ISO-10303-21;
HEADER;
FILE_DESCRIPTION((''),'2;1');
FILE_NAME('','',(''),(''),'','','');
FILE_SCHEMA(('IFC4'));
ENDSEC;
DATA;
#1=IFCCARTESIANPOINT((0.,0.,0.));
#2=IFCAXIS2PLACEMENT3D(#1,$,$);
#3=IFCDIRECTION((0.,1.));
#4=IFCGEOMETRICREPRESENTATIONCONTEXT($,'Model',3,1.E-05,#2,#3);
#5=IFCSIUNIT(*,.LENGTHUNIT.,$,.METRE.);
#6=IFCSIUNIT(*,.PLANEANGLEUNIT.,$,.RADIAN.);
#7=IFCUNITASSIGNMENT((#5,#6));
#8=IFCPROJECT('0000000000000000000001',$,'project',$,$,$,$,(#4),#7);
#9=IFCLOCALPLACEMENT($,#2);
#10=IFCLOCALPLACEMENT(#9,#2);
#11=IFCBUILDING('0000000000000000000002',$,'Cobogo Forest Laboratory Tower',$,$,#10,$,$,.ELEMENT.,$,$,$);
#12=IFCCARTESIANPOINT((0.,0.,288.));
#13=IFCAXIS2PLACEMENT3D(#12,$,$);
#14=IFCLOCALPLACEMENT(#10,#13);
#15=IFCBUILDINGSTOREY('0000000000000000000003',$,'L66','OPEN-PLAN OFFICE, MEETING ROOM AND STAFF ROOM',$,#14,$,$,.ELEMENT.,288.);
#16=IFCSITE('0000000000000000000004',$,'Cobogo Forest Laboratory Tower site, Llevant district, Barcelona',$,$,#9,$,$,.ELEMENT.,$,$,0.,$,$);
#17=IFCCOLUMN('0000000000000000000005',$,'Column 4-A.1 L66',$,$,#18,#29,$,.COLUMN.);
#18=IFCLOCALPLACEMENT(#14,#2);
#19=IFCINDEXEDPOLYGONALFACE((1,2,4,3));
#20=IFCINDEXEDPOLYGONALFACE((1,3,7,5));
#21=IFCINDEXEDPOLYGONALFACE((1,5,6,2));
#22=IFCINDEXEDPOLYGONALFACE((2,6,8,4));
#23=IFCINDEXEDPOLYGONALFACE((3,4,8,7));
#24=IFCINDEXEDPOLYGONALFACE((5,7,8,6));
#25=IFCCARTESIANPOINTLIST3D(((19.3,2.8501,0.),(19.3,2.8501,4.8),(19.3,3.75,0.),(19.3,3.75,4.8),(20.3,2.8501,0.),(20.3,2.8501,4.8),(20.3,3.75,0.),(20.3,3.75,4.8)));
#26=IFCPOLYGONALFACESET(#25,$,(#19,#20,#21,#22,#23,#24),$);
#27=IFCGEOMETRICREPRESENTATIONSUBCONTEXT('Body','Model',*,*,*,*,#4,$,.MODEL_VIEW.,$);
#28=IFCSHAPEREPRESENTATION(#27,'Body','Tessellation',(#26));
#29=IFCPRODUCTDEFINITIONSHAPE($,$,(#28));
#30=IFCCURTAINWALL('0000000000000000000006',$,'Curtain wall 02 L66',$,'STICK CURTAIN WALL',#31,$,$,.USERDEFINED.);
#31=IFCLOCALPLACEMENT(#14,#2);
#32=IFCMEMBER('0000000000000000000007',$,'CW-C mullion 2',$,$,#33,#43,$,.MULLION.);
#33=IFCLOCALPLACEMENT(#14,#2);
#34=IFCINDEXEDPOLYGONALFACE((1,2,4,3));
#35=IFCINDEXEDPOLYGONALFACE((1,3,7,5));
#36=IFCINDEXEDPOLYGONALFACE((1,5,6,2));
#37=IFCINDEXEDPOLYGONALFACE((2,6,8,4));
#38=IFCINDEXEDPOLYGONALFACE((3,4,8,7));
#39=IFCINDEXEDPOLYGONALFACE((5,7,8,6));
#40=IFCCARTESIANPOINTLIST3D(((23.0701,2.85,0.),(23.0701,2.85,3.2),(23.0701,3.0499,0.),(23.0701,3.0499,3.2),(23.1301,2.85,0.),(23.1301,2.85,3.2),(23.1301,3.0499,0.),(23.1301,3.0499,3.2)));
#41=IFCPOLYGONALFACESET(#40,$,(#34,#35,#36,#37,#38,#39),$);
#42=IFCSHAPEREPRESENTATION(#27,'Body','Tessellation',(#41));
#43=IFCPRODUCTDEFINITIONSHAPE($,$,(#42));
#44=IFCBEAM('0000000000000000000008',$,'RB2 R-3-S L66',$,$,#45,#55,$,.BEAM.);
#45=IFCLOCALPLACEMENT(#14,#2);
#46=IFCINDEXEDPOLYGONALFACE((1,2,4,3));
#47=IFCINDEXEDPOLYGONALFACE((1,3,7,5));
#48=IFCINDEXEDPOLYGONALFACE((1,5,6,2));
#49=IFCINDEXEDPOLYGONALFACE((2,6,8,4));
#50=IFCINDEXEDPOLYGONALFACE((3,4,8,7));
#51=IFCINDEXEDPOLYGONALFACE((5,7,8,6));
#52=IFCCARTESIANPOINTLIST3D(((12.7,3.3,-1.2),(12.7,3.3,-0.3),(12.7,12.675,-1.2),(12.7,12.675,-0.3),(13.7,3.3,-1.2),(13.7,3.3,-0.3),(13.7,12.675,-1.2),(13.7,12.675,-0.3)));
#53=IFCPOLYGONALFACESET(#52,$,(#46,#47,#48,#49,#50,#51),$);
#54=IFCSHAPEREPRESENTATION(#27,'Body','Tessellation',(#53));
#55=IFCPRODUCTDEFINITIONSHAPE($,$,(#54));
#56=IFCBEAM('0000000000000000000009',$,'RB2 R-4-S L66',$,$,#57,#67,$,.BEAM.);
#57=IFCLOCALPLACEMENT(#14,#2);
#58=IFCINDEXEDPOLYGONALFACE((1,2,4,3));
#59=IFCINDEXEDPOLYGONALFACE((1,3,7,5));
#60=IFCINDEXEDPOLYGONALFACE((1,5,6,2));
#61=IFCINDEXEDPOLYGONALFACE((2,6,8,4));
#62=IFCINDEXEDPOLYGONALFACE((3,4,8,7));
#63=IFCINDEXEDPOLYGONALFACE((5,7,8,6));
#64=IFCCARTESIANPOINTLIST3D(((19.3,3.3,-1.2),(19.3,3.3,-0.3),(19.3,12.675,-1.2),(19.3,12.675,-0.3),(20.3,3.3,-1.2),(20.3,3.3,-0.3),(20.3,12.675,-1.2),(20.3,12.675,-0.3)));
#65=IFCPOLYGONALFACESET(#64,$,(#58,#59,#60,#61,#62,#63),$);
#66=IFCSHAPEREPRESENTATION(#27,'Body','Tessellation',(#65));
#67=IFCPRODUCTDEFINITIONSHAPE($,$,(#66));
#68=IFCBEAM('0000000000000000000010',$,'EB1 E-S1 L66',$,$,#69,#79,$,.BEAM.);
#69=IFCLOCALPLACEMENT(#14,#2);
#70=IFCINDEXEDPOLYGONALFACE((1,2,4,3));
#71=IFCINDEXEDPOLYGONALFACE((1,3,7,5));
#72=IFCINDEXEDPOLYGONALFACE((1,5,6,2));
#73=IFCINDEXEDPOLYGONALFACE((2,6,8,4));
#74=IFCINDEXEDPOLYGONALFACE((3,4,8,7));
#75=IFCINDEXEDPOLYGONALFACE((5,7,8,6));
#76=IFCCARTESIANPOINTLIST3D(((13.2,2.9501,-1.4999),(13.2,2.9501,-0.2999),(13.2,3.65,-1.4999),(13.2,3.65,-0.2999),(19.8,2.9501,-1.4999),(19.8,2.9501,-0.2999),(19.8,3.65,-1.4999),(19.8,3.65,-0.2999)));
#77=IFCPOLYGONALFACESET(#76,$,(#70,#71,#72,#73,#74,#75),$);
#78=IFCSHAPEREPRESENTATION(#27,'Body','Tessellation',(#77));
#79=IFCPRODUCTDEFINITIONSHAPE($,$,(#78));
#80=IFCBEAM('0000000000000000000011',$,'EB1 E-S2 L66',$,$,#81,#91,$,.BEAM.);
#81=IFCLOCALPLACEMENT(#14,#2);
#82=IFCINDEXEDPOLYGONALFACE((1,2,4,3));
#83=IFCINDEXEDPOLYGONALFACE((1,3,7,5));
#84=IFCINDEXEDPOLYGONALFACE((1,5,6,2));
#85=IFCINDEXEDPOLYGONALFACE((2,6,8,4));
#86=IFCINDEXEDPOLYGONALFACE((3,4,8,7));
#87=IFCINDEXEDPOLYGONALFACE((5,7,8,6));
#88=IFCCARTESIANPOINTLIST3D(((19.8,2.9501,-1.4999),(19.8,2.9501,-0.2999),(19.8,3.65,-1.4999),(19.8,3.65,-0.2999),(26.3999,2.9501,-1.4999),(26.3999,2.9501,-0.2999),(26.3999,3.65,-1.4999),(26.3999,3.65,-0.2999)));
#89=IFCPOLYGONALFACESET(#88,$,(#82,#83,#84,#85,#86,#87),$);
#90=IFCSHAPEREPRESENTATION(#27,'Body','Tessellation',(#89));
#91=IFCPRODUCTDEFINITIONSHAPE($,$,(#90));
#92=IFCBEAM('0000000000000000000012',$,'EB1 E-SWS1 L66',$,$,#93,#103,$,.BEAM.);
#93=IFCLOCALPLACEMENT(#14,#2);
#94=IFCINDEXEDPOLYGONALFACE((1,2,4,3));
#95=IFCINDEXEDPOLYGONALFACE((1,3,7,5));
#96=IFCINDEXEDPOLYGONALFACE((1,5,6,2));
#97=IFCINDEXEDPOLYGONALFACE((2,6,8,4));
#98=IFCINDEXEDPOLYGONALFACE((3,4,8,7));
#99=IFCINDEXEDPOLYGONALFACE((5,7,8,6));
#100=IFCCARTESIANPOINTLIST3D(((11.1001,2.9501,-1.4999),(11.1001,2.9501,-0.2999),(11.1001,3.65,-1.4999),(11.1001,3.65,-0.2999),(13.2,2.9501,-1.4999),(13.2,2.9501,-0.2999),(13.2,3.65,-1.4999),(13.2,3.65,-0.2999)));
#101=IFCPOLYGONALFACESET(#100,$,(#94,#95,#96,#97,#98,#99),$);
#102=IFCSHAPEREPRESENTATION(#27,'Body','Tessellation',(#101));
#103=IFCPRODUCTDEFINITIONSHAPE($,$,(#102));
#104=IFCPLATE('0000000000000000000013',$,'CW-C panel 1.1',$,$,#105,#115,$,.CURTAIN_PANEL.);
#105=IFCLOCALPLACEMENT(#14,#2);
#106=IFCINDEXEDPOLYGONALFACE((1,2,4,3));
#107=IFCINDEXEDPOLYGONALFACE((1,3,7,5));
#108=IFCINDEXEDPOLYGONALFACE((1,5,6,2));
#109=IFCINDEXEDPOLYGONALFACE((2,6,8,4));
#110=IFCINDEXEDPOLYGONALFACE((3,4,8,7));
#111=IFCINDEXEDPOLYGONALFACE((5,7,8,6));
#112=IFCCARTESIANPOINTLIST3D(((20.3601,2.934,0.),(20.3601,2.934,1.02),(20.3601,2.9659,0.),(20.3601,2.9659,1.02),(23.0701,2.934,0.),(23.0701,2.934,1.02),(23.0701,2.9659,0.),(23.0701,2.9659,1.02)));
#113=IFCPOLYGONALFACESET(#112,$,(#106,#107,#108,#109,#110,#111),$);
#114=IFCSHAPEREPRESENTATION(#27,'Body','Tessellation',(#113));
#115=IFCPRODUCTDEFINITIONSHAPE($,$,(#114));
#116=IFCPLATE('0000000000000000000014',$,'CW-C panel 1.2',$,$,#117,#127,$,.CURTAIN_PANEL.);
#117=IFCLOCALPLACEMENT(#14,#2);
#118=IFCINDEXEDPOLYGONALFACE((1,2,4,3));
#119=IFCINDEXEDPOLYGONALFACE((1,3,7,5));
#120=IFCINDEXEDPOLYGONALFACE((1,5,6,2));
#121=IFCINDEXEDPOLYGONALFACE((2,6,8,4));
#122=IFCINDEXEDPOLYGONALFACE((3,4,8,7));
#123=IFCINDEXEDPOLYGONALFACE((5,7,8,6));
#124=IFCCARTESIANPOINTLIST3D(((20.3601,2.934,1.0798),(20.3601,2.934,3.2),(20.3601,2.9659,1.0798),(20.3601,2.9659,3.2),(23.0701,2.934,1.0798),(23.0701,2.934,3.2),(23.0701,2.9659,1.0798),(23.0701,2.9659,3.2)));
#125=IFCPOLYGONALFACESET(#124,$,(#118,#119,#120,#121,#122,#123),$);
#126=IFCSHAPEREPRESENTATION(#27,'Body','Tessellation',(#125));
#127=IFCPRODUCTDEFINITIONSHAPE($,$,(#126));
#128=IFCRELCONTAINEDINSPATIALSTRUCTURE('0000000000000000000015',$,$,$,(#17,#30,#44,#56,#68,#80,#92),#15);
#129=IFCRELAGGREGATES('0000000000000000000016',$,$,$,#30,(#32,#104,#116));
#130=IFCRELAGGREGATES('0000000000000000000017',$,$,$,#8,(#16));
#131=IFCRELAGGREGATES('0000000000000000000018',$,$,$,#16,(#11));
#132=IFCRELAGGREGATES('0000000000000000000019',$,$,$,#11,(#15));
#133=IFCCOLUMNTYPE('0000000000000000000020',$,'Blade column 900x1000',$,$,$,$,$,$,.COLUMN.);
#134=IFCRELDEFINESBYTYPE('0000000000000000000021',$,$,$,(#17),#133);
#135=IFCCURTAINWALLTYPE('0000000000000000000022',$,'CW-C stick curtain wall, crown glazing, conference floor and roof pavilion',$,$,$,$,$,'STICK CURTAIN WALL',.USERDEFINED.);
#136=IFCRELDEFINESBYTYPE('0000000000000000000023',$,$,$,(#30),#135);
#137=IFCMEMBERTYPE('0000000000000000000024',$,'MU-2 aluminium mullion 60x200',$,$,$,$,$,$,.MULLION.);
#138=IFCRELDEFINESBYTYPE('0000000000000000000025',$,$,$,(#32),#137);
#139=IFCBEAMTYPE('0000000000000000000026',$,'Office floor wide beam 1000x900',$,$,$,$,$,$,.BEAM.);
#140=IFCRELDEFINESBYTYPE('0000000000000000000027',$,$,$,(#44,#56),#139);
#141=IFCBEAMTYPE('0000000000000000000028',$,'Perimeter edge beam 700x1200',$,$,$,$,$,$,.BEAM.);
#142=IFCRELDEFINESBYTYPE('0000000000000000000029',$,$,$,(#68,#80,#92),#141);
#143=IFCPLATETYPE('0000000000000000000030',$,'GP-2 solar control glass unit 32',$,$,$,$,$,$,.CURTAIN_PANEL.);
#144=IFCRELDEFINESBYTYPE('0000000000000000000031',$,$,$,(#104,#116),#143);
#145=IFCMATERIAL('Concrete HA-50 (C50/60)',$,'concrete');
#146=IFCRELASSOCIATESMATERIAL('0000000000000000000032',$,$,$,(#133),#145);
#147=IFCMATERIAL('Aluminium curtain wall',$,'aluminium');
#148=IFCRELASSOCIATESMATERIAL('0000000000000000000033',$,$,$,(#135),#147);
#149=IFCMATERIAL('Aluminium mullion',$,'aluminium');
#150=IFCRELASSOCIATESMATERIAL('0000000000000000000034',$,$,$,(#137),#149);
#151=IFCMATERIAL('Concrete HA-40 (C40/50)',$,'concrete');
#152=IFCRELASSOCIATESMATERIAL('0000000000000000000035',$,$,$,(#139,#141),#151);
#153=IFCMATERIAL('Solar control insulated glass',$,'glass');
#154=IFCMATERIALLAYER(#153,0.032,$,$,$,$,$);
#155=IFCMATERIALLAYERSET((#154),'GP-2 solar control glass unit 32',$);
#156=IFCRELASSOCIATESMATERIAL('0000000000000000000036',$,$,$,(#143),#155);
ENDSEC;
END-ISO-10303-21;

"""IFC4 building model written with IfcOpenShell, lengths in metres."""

from ifc_helpers import new_model, si_unit, direction, frame, origin, origin_2d, place, context, subcontext, project, spatial, rectangle, extrude, material, layer, layer_set, material_profile, profile_set, type_object, element, aggregate, save


model = new_model("IFC4")

# Units and contexts
model_context = context("Model", 3, precision=1e-05, world=origin(), true_north=direction((0.0, 1.0)))
body_context = subcontext(model_context, "Body", "Model", "MODEL_VIEW")
ifc_project = project(units=[si_unit("LENGTHUNIT", "METRE"), si_unit("PLANEANGLEUNIT", "RADIAN")], contexts=[model_context])

# Site, building, storey
site_placement = place(None, origin())
site = spatial("IfcSite", under=ifc_project, at=site_placement, Name="Cobogo Forest Laboratory Tower site, Llevant district, Barcelona", CompositionType="ELEMENT", RefElevation=0.0)
building_placement = place(site_placement, origin())
building = spatial("IfcBuilding", under=site, at=building_placement, Name="Cobogo Forest Laboratory Tower", CompositionType="ELEMENT")
storey_placement = place(building_placement, frame((0.0, 0.0, 288.0)))
storey = spatial("IfcBuildingStorey", under=building, at=storey_placement, Name="L66", Description="OPEN-PLAN OFFICE, MEETING ROOM AND STAFF ROOM", CompositionType="ELEMENT", Elevation=288.0)

# Column
ifc_material_1 = material(Name="Concrete HA-50 (C50/60)", Category="concrete")
ifc_material_profile_1 = material_profile(ifc_material_1, rectangle(XDim=1.0, YDim=0.8999, at=origin_2d()), Name="RC 900x1000")
ifc_profile_set_1 = profile_set([ifc_material_profile_1], Name="Concrete HA-50 (C50/60)")
column_type = type_object("IfcColumnType", Name="Blade column 900x1000", PredefinedType="COLUMN", material=ifc_profile_set_1)
column_placement = place(storey_placement, frame((19.8, 3.3, 0.0), z_axis=(0.0, 0.0, 1.0), x_axis=(1.0, 0.0, 0.0)))
element("IfcColumn", 1, at=column_placement, inside=storey, type_object=column_type, Name="Column 4-A.1 L66", PredefinedType="COLUMN", context=body_context, shape_type="SweptSolid", body=[
    extrude(rectangle(XDim=1.0, YDim=0.8999, at=origin_2d()), origin(), (0.0, 0.0, 1.0), 4.8),
])

# Curtain wall, member
ifc_material_2 = material(Name="Aluminium curtain wall", Category="aluminium")
curtain_wall_type = type_object("IfcCurtainWallType", Name="CW-C stick curtain wall, crown glazing, conference floor and roof pavilion", ElementType="STICK CURTAIN WALL", PredefinedType="USERDEFINED", material=ifc_material_2)
curtain_wall_placement = place(storey_placement, origin())
curtain_wall = element("IfcCurtainWall", 2, at=curtain_wall_placement, inside=storey, type_object=curtain_wall_type, Name="Curtain wall 02 L66", ObjectType="STICK CURTAIN WALL", PredefinedType="USERDEFINED")
ifc_material_3 = material(Name="Aluminium mullion", Category="aluminium")
ifc_material_profile_2 = material_profile(ifc_material_3, rectangle(XDim=0.0601, YDim=0.2, at=origin_2d()), Name="AL 60x200")
ifc_profile_set_2 = profile_set([ifc_material_profile_2], Name="Aluminium mullion")
member_type = type_object("IfcMemberType", Name="MU-2 aluminium mullion 60x200", PredefinedType="MULLION", material=ifc_profile_set_2)
member_placement = place(storey_placement, frame((23.1001, 2.95, 0.0), z_axis=(0.0, 0.0, 1.0), x_axis=(1.0, 0.0, 0.0)))
member = element("IfcMember", 3, at=member_placement, type_object=member_type, Name="CW-C mullion 2", PredefinedType="MULLION", context=body_context, shape_type="SweptSolid", body=[
    extrude(rectangle(XDim=0.0601, YDim=0.2, at=origin_2d()), origin(), (0.0, 0.0, 1.0), 3.2),
])

# Beams
ifc_material_4 = material(Name="Concrete HA-40 (C40/50)", Category="concrete")
ifc_material_profile_3 = material_profile(ifc_material_4, rectangle(XDim=1.0, YDim=0.8999, at=origin_2d()), Name="RC 1000x900")
ifc_profile_set_3 = profile_set([ifc_material_profile_3], Name="Concrete HA-40 (C40/50)")
beam_type_1 = type_object("IfcBeamType", Name="Office floor wide beam 1000x900", PredefinedType="BEAM", material=ifc_profile_set_3)
for number, where, z_axis, x_axis, name in (
    (4, (13.2, 12.675, -0.75), (0.0, -1.0, 0.0), (1.0, 0.0, 0.0), "RB2 R-3-S L66"),
    (5, (19.8, 12.675, -0.75), (0.0, -1.0, 0.0), (1.0, 0.0, 0.0), "RB2 R-4-S L66"),
):
    element("IfcBeam", number, at=place(storey_placement, frame(where, z_axis=z_axis, x_axis=x_axis)), inside=storey, type_object=beam_type_1, Name=name, PredefinedType="BEAM", context=body_context, shape_type="SweptSolid", body=[
        extrude(rectangle(XDim=1.0, YDim=0.8999, at=origin_2d()), origin(), (0.0, 0.0, 1.0), 9.375),
    ])
ifc_material_profile_4 = material_profile(ifc_material_4, rectangle(XDim=0.7, YDim=1.2, at=origin_2d()), Name="RC 700x1200")
ifc_profile_set_4 = profile_set([ifc_material_profile_4], Name="Concrete HA-40 (C40/50)")
beam_type_2 = type_object("IfcBeamType", Name="Perimeter edge beam 700x1200", PredefinedType="BEAM", material=ifc_profile_set_4)
beam_1_placement = place(storey_placement, frame((13.2, 3.3, -0.8999), z_axis=(1.0, 0.0, 0.0), x_axis=(0.0, 1.0, 0.0)))
element("IfcBeam", 6, at=beam_1_placement, inside=storey, type_object=beam_type_2, Name="EB1 E-S1 L66", PredefinedType="BEAM", context=body_context, shape_type="SweptSolid", body=[
    extrude(rectangle(XDim=0.7, YDim=1.2, at=origin_2d()), origin(), (0.0, 0.0, 1.0), 6.6001),
])
beam_2_placement = place(storey_placement, frame((19.8, 3.3, -0.8999), z_axis=(1.0, 0.0, 0.0), x_axis=(0.0, 1.0, 0.0)))
element("IfcBeam", 7, at=beam_2_placement, inside=storey, type_object=beam_type_2, Name="EB1 E-S2 L66", PredefinedType="BEAM", context=body_context, shape_type="SweptSolid", body=[
    extrude(rectangle(XDim=0.7, YDim=1.2, at=origin_2d()), origin(), (0.0, 0.0, 1.0), 6.5999),
])
beam_3_placement = place(storey_placement, frame((13.2, 3.3, -0.8999), z_axis=(-1.0, 0.0, 0.0), x_axis=(0.0, -1.0, 0.0)))
element("IfcBeam", 8, at=beam_3_placement, inside=storey, type_object=beam_type_2, Name="EB1 E-SWS1 L66", PredefinedType="BEAM", context=body_context, shape_type="SweptSolid", body=[
    extrude(rectangle(XDim=0.7, YDim=1.2, at=origin_2d()), origin(), (0.0, 0.0, 1.0), 2.0999),
])

# Plates
ifc_material_5 = material(Name="Solar control insulated glass", Category="glass")
ifc_layer_1 = layer(ifc_material_5, 0.032)
ifc_layer_set_1 = layer_set([ifc_layer_1], Name="GP-2 solar control glass unit 32")
plate_type = type_object("IfcPlateType", Name="GP-2 solar control glass unit 32", PredefinedType="CURTAIN_PANEL", material=ifc_layer_set_1)
plate_1_placement = place(storey_placement, frame((21.7151, 2.95, 0.0), z_axis=(0.0, 0.0, 1.0), x_axis=(1.0, 0.0, 0.0)))
plate_1 = element("IfcPlate", 9, at=plate_1_placement, type_object=plate_type, Name="CW-C panel 1.1", PredefinedType="CURTAIN_PANEL", context=body_context, shape_type="SweptSolid", body=[
    extrude(rectangle(XDim=2.71, YDim=0.032, at=origin_2d()), origin(), (0.0, 0.0, 1.0), 1.02),
])
plate_2_placement = place(storey_placement, frame((21.7151, 2.95, 1.0798), z_axis=(0.0, 0.0, 1.0), x_axis=(1.0, 0.0, 0.0)))
plate_2 = element("IfcPlate", 10, at=plate_2_placement, type_object=plate_type, Name="CW-C panel 1.2", PredefinedType="CURTAIN_PANEL", context=body_context, shape_type="SweptSolid", body=[
    extrude(rectangle(XDim=2.71, YDim=0.032, at=origin_2d()), origin(), (0.0, 0.0, 1.0), 2.1201),
])
aggregate(curtain_wall, [member, plate_1, plate_2])

save(model, "model.ifc")
